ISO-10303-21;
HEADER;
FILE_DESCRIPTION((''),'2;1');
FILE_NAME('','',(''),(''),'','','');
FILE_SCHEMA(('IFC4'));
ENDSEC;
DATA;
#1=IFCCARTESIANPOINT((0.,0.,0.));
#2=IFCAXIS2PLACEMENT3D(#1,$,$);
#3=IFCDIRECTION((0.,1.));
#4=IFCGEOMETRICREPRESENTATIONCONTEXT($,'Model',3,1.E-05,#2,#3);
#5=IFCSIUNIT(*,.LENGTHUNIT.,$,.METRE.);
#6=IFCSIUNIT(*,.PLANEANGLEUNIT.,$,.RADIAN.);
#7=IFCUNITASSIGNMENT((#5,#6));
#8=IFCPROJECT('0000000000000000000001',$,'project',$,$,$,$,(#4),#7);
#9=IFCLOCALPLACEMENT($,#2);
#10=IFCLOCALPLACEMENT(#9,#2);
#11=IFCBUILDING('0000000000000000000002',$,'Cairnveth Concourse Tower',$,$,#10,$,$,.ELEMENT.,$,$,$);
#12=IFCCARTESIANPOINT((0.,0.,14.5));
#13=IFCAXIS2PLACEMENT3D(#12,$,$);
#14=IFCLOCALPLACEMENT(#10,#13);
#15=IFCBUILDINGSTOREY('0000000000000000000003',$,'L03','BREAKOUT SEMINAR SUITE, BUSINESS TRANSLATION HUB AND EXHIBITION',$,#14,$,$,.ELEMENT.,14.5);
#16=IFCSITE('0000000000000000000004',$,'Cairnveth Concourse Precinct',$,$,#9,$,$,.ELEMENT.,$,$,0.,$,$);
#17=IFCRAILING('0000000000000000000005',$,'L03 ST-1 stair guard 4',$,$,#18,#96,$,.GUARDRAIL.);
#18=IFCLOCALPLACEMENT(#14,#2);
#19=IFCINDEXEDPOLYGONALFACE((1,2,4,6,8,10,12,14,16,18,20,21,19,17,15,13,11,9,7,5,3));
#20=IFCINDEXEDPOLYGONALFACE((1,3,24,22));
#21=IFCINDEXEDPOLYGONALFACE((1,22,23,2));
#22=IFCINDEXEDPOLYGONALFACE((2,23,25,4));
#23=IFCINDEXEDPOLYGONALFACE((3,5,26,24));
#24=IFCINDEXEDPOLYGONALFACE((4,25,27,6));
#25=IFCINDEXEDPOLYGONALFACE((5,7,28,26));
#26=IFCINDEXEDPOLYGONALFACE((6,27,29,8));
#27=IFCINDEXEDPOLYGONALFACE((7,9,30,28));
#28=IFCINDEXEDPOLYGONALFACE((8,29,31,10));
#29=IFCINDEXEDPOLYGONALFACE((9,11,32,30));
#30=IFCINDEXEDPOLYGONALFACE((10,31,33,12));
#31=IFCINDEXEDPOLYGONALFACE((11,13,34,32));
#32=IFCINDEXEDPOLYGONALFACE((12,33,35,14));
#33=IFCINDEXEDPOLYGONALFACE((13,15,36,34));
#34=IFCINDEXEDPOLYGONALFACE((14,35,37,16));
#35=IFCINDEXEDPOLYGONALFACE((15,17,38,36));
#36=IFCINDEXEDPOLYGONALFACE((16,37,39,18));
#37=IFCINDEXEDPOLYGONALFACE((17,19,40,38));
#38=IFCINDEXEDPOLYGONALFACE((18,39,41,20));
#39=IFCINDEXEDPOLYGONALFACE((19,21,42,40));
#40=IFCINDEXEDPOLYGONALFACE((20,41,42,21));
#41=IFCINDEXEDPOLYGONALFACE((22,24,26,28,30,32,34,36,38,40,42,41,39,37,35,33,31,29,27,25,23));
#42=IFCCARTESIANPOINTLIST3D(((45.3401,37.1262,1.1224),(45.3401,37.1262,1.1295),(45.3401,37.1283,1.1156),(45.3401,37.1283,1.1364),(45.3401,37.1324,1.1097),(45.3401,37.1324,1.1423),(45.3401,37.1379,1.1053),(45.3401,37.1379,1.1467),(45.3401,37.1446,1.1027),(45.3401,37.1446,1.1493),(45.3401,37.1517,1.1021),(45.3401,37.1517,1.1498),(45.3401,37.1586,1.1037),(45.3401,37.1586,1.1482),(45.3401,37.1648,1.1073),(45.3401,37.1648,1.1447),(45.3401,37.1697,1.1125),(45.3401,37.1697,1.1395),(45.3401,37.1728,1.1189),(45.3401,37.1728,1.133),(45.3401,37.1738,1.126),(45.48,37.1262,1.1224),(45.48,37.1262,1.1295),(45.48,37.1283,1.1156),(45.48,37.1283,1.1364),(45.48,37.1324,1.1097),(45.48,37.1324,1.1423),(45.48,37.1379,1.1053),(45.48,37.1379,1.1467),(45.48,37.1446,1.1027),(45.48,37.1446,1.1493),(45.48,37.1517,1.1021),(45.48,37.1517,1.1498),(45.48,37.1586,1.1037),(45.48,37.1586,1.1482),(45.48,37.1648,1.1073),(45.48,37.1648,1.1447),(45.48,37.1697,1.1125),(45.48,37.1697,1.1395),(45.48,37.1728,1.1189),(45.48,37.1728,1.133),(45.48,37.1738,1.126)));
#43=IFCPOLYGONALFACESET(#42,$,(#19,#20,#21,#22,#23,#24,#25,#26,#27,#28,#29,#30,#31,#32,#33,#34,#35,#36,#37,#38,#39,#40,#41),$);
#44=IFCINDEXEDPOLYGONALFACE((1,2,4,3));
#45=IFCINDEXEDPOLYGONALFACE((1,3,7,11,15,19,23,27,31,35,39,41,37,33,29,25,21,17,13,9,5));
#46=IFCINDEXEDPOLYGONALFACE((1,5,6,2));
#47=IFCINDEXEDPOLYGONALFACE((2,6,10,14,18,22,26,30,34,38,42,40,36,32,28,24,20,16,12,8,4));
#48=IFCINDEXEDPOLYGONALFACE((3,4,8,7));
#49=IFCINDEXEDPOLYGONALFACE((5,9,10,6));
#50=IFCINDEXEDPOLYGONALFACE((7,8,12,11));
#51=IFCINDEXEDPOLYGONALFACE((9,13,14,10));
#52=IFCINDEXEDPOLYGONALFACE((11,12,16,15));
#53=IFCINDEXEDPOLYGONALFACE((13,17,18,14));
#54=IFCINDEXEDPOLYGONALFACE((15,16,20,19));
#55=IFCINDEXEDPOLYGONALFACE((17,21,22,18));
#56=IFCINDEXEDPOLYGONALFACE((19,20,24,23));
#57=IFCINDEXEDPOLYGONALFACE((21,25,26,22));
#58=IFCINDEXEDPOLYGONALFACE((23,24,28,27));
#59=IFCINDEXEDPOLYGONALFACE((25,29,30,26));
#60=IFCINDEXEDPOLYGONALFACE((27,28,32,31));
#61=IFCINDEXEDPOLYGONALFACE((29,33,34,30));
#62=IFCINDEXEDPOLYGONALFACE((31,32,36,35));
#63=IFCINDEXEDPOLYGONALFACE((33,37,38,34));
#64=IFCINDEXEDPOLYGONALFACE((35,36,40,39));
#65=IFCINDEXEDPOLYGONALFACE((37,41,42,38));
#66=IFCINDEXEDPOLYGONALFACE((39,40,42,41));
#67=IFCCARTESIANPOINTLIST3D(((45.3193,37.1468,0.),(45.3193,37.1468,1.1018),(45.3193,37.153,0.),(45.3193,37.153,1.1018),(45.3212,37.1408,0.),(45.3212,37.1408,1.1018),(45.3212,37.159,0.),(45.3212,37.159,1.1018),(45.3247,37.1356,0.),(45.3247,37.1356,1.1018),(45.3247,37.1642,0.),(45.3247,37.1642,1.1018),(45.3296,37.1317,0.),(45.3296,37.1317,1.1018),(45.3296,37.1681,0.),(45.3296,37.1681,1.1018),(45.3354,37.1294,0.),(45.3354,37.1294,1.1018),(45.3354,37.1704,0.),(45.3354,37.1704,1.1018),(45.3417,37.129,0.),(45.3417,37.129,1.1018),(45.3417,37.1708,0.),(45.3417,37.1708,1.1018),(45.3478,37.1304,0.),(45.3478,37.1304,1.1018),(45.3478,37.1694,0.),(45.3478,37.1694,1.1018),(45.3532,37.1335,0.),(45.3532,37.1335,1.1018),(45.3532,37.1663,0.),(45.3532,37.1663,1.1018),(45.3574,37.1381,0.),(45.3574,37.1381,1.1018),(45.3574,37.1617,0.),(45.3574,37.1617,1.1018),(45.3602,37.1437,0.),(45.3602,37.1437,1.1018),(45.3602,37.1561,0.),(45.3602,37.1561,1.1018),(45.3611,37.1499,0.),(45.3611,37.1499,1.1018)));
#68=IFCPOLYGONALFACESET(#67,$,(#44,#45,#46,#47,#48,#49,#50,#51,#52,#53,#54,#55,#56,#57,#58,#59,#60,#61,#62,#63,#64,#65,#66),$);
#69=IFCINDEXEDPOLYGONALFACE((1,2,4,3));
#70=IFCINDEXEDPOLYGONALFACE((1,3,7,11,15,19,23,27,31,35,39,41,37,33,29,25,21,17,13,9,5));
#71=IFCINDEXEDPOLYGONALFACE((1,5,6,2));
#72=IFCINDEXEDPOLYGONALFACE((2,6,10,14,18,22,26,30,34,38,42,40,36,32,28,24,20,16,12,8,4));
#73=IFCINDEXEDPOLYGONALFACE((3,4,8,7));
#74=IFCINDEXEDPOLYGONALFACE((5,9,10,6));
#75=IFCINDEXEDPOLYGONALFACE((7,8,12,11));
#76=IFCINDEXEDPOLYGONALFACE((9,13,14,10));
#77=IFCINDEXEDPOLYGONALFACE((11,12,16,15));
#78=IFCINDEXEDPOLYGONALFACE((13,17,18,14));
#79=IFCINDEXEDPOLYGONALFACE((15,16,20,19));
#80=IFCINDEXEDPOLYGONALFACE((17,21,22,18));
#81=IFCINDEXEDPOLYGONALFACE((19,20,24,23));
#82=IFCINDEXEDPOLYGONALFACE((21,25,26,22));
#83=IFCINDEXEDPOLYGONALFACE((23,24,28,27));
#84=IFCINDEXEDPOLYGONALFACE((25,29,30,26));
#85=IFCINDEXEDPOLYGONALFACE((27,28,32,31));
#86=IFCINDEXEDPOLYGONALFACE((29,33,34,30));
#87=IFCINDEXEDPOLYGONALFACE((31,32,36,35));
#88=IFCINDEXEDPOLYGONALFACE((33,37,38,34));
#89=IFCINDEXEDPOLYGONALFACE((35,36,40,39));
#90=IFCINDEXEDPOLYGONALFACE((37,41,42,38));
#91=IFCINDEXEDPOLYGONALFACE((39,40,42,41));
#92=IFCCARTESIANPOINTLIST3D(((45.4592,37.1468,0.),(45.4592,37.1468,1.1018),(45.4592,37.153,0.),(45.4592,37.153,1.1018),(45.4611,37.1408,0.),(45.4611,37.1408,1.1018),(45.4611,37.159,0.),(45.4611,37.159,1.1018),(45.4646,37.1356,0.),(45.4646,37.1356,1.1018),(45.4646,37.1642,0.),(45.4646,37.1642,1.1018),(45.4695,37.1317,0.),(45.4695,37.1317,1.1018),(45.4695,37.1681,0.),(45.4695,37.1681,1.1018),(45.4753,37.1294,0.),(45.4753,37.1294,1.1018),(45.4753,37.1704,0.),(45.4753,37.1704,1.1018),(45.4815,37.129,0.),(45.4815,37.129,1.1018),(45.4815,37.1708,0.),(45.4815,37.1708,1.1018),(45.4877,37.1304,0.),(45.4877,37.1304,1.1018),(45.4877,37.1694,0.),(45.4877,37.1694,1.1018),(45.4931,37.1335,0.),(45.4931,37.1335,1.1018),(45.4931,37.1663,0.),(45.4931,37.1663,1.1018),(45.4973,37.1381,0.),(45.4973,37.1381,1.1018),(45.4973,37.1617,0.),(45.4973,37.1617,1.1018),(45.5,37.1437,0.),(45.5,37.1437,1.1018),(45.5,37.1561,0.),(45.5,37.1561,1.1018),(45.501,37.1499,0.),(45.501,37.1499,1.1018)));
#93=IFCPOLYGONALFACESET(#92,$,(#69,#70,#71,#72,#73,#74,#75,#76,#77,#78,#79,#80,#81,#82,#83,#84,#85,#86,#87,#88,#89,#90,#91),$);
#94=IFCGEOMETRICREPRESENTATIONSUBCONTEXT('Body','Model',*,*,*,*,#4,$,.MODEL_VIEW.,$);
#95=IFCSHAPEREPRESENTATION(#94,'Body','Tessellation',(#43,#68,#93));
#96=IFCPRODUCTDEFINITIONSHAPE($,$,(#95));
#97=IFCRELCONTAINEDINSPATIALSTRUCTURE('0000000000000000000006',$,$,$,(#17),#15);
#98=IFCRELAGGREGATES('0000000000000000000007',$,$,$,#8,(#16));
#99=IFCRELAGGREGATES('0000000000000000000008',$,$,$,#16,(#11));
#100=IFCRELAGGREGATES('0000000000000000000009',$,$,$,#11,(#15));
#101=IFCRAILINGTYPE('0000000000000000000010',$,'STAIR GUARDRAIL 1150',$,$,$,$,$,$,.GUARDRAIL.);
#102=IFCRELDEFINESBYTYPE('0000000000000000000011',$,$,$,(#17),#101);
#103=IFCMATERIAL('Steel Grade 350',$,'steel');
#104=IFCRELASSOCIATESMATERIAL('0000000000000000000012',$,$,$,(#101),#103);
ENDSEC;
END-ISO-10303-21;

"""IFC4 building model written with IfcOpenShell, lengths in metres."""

from ifc_helpers import new_model, si_unit, direction, frame, origin, origin_2d, place, context, subcontext, project, spatial, circle, extrude, material, type_object, element, save


model = new_model("IFC4")

# Units and contexts
model_context = context("Model", 3, precision=1e-05, world=origin(), true_north=direction((0.0, 1.0)))
body_context = subcontext(model_context, "Body", "Model", "MODEL_VIEW")
ifc_project = project(units=[si_unit("LENGTHUNIT", "METRE"), si_unit("PLANEANGLEUNIT", "RADIAN")], contexts=[model_context])

# Site, building, storey
site_placement = place(None, origin())
site = spatial("IfcSite", under=ifc_project, at=site_placement, Name="Cairnveth Concourse Precinct", CompositionType="ELEMENT", RefElevation=0.0)
building_placement = place(site_placement, origin())
building = spatial("IfcBuilding", under=site, at=building_placement, Name="Cairnveth Concourse Tower", CompositionType="ELEMENT")
storey_placement = place(building_placement, frame((0.0, 0.0, 14.5)))
storey = spatial("IfcBuildingStorey", under=building, at=storey_placement, Name="L03", Description="BREAKOUT SEMINAR SUITE, BUSINESS TRANSLATION HUB AND EXHIBITION", CompositionType="ELEMENT", Elevation=14.5)

# Shared definitions
ifc_material_1 = material(Name="Steel Grade 350", Category="steel")

# Railing
railing_type_1 = type_object("IfcRailingType", Name="STAIR GUARDRAIL 1150", PredefinedType="GUARDRAIL", material=ifc_material_1)
railing_1_placement = place(storey_placement, frame((45.3401, 37.1499, 0.0)))
element("IfcRailing", 1, at=railing_1_placement, inside=storey, type_object=railing_type_1, Name="L03 ST-1 stair guard 4", PredefinedType="GUARDRAIL", context=body_context, shape_type="SweptSolid", body=[
    extrude(circle(Radius=0.0239, at=origin_2d()), frame((0.0, 0.0, 1.126), z_axis=(1.0, 0.0, 0.0), x_axis=(0.0, 1.0, 0.0)), (0.0, 0.0, 1.0), 0.1399),
    extrude(circle(Radius=0.021, at=origin_2d()), origin(), (0.0, 0.0, 1.0), 1.1018),
    extrude(circle(Radius=0.021, at=origin_2d()), frame((0.1399, 0.0, 0.0)), (0.0, 0.0, 1.0), 1.1018),
])

save(model, "model.ifc")
